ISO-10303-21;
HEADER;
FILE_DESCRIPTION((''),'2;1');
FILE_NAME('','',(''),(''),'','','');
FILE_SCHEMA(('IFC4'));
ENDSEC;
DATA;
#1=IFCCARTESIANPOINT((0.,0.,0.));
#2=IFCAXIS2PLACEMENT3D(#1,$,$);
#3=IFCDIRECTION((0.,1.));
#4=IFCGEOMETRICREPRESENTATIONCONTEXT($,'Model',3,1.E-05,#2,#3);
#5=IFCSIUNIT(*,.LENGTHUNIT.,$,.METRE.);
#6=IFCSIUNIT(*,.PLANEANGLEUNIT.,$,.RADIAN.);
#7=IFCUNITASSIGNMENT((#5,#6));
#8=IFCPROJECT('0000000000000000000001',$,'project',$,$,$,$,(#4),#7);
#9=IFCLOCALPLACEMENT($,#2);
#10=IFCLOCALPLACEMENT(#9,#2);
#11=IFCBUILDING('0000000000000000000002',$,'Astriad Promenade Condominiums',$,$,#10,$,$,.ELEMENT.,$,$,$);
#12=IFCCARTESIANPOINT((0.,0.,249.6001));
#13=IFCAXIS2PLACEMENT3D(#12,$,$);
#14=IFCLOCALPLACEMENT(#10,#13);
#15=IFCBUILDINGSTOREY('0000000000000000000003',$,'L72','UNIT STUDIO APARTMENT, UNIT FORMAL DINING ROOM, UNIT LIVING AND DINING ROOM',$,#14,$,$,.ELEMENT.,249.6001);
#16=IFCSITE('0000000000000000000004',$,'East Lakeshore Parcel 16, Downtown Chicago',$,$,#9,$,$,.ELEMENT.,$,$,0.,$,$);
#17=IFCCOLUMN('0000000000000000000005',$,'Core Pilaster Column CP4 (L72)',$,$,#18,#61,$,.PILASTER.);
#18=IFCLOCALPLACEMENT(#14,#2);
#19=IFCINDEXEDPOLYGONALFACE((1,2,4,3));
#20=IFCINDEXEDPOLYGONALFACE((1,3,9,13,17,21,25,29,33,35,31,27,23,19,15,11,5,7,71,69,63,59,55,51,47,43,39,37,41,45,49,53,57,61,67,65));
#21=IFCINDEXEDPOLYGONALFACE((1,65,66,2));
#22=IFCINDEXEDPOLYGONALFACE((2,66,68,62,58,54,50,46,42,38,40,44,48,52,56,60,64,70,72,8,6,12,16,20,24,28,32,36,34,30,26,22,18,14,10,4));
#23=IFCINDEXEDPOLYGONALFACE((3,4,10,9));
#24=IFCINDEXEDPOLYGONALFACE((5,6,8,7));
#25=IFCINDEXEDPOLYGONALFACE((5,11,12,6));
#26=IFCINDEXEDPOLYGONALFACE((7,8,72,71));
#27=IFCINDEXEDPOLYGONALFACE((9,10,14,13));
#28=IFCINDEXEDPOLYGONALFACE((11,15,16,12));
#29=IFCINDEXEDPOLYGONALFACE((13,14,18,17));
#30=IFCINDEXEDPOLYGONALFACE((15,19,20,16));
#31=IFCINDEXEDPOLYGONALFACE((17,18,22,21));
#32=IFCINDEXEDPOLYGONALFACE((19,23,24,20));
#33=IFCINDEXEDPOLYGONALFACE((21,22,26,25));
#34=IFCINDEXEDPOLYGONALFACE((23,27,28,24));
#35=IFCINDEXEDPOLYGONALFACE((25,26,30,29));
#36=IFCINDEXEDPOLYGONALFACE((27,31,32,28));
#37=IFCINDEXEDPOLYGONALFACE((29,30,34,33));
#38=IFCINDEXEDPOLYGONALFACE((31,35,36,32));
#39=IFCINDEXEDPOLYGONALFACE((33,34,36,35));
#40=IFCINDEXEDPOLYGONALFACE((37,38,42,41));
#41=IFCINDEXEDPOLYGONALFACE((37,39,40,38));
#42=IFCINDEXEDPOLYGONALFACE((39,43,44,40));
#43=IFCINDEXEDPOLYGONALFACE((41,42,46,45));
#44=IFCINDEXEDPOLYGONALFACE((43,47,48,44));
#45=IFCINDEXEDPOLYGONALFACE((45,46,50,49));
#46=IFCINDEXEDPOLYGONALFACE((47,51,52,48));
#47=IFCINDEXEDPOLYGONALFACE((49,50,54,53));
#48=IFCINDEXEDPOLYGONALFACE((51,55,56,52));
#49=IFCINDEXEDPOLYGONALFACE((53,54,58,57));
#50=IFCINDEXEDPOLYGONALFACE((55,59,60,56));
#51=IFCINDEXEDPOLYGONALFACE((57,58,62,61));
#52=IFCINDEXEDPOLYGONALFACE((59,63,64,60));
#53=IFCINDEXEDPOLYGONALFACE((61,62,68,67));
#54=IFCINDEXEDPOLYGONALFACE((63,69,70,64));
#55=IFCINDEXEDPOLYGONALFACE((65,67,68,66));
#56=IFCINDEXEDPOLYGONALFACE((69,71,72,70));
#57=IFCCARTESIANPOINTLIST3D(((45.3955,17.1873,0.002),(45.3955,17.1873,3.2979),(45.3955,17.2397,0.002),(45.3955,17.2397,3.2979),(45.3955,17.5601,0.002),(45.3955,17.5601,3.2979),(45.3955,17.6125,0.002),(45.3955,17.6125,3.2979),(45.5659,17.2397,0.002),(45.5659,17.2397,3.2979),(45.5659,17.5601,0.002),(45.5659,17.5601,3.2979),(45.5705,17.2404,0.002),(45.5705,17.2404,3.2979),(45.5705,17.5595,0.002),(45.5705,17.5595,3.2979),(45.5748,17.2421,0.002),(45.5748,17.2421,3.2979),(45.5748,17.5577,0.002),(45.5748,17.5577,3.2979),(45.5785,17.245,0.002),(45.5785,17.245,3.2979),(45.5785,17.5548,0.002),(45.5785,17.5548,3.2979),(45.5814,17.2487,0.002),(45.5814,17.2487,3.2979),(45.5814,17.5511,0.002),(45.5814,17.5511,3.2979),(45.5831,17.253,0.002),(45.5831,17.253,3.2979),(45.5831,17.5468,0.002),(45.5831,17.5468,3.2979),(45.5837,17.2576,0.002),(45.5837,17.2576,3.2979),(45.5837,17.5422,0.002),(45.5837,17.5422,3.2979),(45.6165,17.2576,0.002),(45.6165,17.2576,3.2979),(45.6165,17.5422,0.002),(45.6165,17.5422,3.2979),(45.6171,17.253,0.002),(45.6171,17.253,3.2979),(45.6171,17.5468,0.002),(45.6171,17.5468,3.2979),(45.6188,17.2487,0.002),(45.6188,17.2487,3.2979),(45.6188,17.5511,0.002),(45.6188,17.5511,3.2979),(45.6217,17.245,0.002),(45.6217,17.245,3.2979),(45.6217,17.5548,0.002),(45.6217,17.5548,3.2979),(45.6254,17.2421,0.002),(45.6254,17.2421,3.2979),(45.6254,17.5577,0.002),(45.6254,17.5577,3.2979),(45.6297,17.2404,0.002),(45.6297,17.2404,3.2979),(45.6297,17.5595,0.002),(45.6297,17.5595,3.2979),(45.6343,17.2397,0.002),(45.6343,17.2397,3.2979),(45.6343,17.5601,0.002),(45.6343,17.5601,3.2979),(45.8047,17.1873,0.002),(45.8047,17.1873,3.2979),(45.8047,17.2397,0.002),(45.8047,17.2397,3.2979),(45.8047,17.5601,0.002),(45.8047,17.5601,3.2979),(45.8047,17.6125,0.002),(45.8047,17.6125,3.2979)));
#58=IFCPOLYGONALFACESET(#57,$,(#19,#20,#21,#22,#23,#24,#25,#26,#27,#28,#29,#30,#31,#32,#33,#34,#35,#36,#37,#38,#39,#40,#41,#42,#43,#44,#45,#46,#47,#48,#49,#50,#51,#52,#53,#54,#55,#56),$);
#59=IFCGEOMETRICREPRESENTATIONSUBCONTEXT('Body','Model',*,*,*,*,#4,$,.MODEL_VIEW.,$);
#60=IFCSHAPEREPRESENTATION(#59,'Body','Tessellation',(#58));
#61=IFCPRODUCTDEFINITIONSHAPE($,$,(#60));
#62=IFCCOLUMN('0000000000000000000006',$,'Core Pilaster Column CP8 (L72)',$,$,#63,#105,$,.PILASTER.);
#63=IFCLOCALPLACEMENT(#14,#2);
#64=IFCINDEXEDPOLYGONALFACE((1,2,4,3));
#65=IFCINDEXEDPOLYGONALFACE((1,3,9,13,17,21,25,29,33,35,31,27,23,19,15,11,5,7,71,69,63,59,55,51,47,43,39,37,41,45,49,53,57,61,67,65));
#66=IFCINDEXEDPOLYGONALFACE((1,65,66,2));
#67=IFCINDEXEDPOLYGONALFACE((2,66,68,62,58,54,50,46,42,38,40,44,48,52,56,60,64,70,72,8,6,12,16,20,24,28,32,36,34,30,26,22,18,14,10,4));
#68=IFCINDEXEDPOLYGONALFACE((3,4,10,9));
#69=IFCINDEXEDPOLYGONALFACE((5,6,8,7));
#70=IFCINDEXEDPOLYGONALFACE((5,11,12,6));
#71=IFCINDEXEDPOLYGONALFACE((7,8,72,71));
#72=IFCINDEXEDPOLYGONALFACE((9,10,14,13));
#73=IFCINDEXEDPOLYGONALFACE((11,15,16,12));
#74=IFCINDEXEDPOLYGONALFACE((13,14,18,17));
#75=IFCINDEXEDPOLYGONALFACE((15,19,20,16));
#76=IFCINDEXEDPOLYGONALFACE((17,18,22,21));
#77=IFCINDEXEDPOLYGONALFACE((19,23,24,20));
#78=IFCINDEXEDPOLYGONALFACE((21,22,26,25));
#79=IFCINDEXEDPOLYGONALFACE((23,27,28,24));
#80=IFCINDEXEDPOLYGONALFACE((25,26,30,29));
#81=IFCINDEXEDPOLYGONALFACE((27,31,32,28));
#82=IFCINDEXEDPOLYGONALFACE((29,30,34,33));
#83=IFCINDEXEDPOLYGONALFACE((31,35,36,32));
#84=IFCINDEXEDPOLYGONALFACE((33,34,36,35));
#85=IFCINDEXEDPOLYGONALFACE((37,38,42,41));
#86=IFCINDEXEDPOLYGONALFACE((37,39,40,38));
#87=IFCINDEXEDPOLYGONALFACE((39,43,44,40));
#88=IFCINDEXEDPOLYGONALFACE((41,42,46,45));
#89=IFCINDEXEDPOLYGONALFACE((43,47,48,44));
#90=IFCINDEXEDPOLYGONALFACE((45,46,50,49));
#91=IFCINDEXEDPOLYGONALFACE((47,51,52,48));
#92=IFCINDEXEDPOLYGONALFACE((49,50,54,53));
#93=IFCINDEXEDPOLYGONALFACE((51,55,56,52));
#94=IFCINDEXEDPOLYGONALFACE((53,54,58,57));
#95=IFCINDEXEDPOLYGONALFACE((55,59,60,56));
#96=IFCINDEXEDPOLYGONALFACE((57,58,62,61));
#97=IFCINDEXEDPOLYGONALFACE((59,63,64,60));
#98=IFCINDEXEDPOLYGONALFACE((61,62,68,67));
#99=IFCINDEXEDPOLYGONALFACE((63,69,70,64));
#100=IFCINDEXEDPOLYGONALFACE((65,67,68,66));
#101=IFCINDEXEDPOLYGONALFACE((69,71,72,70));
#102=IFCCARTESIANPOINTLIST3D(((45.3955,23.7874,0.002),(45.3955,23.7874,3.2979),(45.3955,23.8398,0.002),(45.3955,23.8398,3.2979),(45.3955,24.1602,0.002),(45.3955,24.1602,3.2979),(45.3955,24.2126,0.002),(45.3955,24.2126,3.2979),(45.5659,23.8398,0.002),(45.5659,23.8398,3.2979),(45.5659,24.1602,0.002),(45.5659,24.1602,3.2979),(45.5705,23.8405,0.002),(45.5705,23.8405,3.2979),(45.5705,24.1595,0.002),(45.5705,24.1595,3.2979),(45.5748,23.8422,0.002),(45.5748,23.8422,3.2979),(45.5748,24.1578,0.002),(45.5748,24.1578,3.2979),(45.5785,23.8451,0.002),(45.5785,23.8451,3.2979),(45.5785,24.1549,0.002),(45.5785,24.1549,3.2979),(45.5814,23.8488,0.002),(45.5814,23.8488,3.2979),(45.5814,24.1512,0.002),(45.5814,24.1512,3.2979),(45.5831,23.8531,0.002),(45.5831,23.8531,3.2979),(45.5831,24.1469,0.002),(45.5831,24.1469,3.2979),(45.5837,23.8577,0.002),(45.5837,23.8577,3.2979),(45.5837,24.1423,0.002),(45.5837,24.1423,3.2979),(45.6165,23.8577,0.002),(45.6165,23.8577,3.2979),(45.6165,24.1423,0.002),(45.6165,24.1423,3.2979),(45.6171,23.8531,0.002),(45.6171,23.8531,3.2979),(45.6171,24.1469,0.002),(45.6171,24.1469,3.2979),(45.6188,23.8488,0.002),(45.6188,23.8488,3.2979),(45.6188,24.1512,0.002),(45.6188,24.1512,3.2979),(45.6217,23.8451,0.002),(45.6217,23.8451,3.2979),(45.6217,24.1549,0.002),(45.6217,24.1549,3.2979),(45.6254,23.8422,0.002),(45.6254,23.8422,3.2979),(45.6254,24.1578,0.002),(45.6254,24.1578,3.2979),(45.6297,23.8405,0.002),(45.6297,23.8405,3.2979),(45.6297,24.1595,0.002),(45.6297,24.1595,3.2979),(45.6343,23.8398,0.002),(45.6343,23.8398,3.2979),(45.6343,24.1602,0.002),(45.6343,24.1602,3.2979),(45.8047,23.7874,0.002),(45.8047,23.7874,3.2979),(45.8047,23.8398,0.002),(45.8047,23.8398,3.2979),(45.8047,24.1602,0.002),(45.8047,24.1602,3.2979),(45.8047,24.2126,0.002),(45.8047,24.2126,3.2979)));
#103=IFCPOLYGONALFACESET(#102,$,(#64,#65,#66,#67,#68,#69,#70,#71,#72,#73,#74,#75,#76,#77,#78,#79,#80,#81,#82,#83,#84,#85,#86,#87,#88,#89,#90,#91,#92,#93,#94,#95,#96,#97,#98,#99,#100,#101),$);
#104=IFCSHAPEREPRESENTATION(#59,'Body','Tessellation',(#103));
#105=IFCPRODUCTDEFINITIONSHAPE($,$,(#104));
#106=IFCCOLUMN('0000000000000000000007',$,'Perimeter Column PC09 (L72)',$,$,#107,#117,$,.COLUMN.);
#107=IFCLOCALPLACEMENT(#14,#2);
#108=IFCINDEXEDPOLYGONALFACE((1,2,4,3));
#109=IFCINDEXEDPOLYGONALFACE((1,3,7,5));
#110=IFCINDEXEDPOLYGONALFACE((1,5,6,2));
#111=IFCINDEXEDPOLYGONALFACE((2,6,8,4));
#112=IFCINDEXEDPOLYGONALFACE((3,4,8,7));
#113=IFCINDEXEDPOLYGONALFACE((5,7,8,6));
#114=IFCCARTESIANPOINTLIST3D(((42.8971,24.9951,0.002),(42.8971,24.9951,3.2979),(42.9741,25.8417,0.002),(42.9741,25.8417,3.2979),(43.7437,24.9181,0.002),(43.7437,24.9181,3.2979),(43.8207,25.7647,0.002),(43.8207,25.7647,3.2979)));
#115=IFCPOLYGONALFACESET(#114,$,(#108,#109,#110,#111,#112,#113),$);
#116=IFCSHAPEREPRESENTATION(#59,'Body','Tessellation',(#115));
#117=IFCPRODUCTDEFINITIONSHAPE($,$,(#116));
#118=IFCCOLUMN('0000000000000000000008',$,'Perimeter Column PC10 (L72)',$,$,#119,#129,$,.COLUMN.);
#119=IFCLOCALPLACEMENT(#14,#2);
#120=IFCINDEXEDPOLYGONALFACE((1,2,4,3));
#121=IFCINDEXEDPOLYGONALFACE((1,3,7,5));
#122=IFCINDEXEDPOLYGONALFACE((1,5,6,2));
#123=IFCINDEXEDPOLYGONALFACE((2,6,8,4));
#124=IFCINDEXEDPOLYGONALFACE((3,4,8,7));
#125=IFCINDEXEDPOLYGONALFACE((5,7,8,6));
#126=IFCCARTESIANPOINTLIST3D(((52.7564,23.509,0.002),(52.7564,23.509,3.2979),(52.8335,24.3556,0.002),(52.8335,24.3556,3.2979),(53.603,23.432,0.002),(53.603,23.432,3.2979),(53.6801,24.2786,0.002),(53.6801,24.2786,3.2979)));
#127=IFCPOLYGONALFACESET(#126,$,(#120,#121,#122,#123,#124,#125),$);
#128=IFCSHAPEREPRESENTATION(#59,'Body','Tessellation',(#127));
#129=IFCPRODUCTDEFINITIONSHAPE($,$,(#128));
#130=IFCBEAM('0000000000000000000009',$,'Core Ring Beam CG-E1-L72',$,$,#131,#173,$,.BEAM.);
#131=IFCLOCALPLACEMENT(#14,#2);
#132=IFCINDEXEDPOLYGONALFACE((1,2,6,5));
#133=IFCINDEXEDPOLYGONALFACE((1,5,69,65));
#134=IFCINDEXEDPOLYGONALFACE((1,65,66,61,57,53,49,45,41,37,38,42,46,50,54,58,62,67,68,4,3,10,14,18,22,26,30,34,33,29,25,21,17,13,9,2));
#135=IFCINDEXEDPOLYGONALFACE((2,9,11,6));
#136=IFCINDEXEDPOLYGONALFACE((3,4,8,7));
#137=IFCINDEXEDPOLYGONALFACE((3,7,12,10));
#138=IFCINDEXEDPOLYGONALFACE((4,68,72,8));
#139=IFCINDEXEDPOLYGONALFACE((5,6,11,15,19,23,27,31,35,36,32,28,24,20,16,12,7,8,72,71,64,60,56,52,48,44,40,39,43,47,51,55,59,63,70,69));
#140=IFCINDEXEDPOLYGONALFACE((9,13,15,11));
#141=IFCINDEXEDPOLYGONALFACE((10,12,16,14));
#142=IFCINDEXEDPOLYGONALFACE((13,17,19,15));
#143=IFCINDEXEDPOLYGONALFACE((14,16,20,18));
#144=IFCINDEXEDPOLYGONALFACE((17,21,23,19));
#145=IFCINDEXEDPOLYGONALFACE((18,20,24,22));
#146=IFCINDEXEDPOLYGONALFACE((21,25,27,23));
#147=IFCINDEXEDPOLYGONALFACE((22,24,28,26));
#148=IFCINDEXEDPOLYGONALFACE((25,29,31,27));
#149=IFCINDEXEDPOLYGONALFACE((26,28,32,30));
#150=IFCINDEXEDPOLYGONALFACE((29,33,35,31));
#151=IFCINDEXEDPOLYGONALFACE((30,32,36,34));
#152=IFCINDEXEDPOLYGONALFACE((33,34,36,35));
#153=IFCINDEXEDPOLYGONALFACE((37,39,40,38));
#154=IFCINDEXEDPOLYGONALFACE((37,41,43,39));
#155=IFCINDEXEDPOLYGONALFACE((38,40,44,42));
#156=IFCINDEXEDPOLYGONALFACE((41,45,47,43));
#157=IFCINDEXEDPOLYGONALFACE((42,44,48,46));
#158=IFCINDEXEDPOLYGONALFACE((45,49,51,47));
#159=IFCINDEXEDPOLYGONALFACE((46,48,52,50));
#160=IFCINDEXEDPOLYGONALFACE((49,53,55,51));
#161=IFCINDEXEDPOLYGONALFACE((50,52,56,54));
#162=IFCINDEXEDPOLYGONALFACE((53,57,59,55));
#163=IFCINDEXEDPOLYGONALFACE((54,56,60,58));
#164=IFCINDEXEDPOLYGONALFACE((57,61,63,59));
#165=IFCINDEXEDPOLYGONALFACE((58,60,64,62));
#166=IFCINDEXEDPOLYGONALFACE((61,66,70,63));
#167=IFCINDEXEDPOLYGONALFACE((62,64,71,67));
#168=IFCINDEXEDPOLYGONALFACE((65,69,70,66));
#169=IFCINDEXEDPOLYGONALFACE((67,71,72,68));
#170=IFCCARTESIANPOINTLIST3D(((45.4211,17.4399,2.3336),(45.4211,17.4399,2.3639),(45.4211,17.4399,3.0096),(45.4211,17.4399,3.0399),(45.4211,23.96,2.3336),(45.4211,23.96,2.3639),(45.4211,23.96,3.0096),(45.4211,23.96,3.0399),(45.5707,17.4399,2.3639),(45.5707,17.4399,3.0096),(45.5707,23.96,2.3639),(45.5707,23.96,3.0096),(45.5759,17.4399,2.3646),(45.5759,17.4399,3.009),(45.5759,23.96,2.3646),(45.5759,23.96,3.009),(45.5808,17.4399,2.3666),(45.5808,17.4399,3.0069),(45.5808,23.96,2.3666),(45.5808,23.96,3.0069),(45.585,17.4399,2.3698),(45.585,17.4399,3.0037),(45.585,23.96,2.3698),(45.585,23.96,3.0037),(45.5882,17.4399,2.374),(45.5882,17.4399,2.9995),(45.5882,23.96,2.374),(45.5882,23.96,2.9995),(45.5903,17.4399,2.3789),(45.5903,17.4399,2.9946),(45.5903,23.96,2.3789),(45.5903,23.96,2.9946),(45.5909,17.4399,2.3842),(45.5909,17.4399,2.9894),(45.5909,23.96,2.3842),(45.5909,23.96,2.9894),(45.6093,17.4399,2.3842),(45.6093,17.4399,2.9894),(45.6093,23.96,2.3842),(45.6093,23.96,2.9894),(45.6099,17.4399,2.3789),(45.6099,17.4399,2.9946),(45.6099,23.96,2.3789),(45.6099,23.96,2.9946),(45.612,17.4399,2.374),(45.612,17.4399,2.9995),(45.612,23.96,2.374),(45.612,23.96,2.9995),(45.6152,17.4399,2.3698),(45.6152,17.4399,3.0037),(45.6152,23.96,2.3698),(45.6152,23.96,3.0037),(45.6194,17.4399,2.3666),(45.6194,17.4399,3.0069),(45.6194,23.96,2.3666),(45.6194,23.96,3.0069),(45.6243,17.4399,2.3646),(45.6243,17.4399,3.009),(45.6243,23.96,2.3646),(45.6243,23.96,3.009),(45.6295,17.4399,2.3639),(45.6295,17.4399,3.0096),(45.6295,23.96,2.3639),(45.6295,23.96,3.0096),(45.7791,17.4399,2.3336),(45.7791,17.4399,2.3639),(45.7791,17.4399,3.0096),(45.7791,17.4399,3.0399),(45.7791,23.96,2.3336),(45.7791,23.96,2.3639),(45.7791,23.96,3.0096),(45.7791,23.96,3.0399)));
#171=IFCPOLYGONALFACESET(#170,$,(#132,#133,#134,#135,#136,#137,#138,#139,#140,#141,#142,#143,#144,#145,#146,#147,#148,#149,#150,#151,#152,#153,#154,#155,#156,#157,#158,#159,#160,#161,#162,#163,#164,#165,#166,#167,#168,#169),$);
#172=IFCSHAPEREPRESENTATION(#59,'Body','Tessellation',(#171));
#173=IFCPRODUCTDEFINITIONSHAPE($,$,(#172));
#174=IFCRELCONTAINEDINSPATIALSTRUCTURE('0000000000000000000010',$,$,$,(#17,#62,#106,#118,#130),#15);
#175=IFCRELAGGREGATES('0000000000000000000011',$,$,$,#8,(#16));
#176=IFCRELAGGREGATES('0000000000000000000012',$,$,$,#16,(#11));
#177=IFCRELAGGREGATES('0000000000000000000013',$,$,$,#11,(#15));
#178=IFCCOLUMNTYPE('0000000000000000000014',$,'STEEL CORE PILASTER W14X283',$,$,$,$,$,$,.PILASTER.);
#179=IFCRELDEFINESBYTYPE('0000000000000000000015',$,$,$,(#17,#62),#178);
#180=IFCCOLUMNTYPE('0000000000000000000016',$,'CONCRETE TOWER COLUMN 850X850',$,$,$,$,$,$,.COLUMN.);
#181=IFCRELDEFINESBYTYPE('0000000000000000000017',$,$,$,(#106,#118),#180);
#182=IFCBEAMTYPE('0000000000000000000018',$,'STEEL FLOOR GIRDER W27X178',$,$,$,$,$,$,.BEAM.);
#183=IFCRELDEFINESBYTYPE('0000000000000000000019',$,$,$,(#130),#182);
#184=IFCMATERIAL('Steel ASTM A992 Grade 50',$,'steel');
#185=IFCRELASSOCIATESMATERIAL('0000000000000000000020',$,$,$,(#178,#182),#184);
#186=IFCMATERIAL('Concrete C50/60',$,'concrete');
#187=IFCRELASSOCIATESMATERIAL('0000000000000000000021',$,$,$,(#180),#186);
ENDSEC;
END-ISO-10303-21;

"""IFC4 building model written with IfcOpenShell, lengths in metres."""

from ifc_helpers import new_model, si_unit, direction, frame, origin, origin_2d, place, context, subcontext, project, spatial, rectangle, i_section, extrude, source, transform, mapped, material, material_profile, profile_set, type_object, type_shapes, element, save


model = new_model("IFC4")

# Units and contexts
model_context = context("Model", 3, precision=1e-05, world=origin(), true_north=direction((0.0, 1.0)))
body_context = subcontext(model_context, "Body", "Model", "MODEL_VIEW")
ifc_project = project(units=[si_unit("LENGTHUNIT", "METRE"), si_unit("PLANEANGLEUNIT", "RADIAN")], contexts=[model_context])

# Site, building, storey
site_placement = place(None, origin())
site = spatial("IfcSite", under=ifc_project, at=site_placement, Name="East Lakeshore Parcel 16, Downtown Chicago", CompositionType="ELEMENT", RefElevation=0.0)
building_placement = place(site_placement, origin())
building = spatial("IfcBuilding", under=site, at=building_placement, Name="Astriad Promenade Condominiums", CompositionType="ELEMENT")
storey_placement = place(building_placement, frame((0.0, 0.0, 249.6001)))
storey = spatial("IfcBuildingStorey", under=building, at=storey_placement, Name="L72", Description="UNIT STUDIO APARTMENT, UNIT FORMAL DINING ROOM, UNIT LIVING AND DINING ROOM", CompositionType="ELEMENT", Elevation=249.6001)

# Columns
ifc_material_1 = material(Name="Steel ASTM A992 Grade 50", Category="steel")
ifc_material_profile_1 = material_profile(ifc_material_1, i_section(OverallWidth=0.4092, OverallDepth=0.4253, WebThickness=0.0327, FlangeThickness=0.0525, FilletRadius=0.0178, at=origin_2d()), Name="W14X283")
ifc_profile_set_1 = profile_set([ifc_material_profile_1], Name="Steel ASTM A992 Grade 50")
column_type_1 = type_object("IfcColumnType", Name="STEEL CORE PILASTER W14X283", PredefinedType="PILASTER", material=ifc_profile_set_1)
shared_shape_1 = source(origin(), body_context, "Body", "SweptSolid", [
    extrude(i_section(OverallWidth=0.4092, OverallDepth=0.4253, WebThickness=0.0327, FlangeThickness=0.0525, FilletRadius=0.0178, at=origin_2d()), origin(), (0.0, 0.0, 1.0), 3.2959),
])
type_shapes(column_type_1, [shared_shape_1])
for number, where, z_axis, x_axis, name in (
    (1, (45.6001, 17.3999, 0.002), (0.0, 0.0, 1.0), (1.0, 0.0, 0.0), "Core Pilaster Column CP4 (L72)"),
    (2, (45.6001, 24.0, 0.002), (0.0, 0.0, 1.0), (1.0, 0.0, 0.0), "Core Pilaster Column CP8 (L72)"),
):
    element("IfcColumn", number, at=place(storey_placement, frame(where, z_axis=z_axis, x_axis=x_axis)), inside=storey, type_object=column_type_1, Name=name, PredefinedType="PILASTER", context=body_context, shape_type="MappedRepresentation", body=[
        mapped(shared_shape_1, transform((0.0, 0.0, 0.0), scale=1.0)),
    ])
ifc_material_2 = material(Name="Concrete C50/60", Category="concrete")
ifc_material_profile_2 = material_profile(ifc_material_2, rectangle(XDim=0.8501, YDim=0.8501, at=origin_2d()), Name="RC-COL-850X850")
ifc_profile_set_2 = profile_set([ifc_material_profile_2], Name="Concrete C50/60")
column_type_2 = type_object("IfcColumnType", Name="CONCRETE TOWER COLUMN 850X850", PredefinedType="COLUMN", material=ifc_profile_set_2)
shared_shape_2 = source(origin(), body_context, "Body", "SweptSolid", [
    extrude(rectangle(XDim=0.8501, YDim=0.8501, at=origin_2d()), origin(), (0.0, 0.0, 1.0), 3.2959),
])
type_shapes(column_type_2, [shared_shape_2])
for number, where, z_axis, x_axis, name in (
    (3, (43.3589, 25.3799, 0.002), (0.0, 0.0, 1.0), (0.995884, -0.090633, 0.0), "Perimeter Column PC09 (L72)"),
    (4, (53.2183, 23.8938, 0.002), (0.0, 0.0, 1.0), (0.995884, -0.090633, 0.0), "Perimeter Column PC10 (L72)"),
):
    element("IfcColumn", number, at=place(storey_placement, frame(where, z_axis=z_axis, x_axis=x_axis)), inside=storey, type_object=column_type_2, Name=name, PredefinedType="COLUMN", context=body_context, shape_type="MappedRepresentation", body=[
        mapped(shared_shape_2, transform((0.0, 0.0, 0.0), scale=1.0)),
    ])

# Beam
ifc_material_profile_3 = material_profile(ifc_material_1, i_section(OverallWidth=0.3579, OverallDepth=0.7063, WebThickness=0.0183, FlangeThickness=0.0303, FilletRadius=0.0203, at=origin_2d()), Name="W27X178")
ifc_profile_set_3 = profile_set([ifc_material_profile_3], Name="Steel ASTM A992 Grade 50")
beam_type_1 = type_object("IfcBeamType", Name="STEEL FLOOR GIRDER W27X178", PredefinedType="BEAM", material=ifc_profile_set_3)
shared_shape_3 = source(origin(), body_context, "Body", "SweptSolid", [
    extrude(i_section(OverallWidth=0.3579, OverallDepth=0.7063, WebThickness=0.0183, FlangeThickness=0.0303, FilletRadius=0.0203, at=origin_2d()), origin(), (0.0, 0.0, 1.0), 6.52),
])
type_shapes(beam_type_1, [shared_shape_3])
beam_1_placement = place(storey_placement, frame((45.6001, 17.4399, 2.6868), z_axis=(0.0, 1.0, 0.0), x_axis=(-1.0, 0.0, 0.0)))
element("IfcBeam", 5, at=beam_1_placement, inside=storey, type_object=beam_type_1, Name="Core Ring Beam CG-E1-L72", PredefinedType="BEAM", context=body_context, shape_type="MappedRepresentation", body=[
    mapped(shared_shape_3, transform((0.0, 0.0, 0.0), scale=1.0)),
])

save(model, "model.ifc")
